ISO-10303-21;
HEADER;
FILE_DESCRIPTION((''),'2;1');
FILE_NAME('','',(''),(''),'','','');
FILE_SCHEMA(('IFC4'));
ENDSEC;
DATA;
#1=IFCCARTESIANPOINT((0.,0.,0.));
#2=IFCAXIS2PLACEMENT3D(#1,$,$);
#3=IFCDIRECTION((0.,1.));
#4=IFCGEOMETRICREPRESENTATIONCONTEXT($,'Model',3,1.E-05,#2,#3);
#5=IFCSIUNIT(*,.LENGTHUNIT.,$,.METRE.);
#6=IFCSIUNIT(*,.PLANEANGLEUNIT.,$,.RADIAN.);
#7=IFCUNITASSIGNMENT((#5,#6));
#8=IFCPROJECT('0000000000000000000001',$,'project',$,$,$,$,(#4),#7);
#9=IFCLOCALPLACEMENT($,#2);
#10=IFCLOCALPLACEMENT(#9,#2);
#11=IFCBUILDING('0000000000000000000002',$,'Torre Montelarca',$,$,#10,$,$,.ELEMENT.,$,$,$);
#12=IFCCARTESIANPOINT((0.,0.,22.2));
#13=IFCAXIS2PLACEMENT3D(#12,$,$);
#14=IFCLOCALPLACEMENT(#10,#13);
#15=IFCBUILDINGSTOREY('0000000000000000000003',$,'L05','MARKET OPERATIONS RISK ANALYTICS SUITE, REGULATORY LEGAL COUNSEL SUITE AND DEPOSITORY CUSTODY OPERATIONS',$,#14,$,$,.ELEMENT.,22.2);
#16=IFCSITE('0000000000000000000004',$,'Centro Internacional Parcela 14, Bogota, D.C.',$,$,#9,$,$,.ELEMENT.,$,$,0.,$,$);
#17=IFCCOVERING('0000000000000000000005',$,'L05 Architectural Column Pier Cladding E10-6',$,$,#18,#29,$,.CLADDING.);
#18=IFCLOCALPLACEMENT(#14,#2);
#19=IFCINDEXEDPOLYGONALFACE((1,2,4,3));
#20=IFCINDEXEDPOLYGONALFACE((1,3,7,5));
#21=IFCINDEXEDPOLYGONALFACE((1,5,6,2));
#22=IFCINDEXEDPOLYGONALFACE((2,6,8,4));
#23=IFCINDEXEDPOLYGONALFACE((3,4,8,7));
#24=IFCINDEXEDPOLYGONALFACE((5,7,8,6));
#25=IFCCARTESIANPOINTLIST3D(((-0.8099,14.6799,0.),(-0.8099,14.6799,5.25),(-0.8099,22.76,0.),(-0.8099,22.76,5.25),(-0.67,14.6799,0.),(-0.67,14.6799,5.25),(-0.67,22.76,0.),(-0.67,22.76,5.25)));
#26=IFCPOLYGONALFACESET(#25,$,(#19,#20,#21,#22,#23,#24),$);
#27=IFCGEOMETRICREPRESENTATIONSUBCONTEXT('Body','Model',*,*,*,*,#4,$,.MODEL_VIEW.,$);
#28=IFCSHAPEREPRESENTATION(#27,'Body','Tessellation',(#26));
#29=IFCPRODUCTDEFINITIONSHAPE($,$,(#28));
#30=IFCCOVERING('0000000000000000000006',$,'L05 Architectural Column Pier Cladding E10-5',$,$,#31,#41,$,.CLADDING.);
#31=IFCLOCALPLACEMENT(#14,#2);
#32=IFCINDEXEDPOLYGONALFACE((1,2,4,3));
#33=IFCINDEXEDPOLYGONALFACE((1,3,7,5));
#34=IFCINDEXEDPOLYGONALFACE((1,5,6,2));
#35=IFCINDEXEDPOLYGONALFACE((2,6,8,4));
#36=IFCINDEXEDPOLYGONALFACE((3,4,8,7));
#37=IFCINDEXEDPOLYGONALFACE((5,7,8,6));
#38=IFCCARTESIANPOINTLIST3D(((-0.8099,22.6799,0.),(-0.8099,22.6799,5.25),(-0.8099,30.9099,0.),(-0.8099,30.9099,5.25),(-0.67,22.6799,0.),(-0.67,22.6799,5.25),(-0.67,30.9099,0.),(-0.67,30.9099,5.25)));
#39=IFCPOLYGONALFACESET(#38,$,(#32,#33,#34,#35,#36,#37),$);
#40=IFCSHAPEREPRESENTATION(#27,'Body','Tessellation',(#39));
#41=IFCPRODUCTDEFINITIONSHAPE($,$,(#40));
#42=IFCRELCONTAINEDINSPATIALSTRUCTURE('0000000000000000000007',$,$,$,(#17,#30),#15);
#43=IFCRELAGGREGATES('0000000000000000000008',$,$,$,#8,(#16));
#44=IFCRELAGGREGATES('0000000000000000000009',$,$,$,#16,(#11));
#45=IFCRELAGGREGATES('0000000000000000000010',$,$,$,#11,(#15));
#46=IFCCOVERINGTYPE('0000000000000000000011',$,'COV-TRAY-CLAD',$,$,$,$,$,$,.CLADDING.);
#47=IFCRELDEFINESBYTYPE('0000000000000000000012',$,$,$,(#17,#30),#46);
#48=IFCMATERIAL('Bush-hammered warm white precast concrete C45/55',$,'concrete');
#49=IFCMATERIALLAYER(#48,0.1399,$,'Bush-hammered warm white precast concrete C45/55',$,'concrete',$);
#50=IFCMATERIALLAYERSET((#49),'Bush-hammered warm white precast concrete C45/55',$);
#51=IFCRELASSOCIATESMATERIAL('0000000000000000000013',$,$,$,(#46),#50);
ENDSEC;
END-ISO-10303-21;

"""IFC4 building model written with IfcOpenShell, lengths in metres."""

from ifc_helpers import new_model, si_unit, direction, frame, origin, origin_2d, place, context, subcontext, project, spatial, rectangle, extrude, source, transform, mapped, material, layer, layer_set, type_object, element, save


model = new_model("IFC4")

# Units and contexts
model_context = context("Model", 3, precision=1e-05, world=origin(), true_north=direction((0.0, 1.0)))
body_context = subcontext(model_context, "Body", "Model", "MODEL_VIEW")
ifc_project = project(units=[si_unit("LENGTHUNIT", "METRE"), si_unit("PLANEANGLEUNIT", "RADIAN")], contexts=[model_context])

# Site, building, storey
site_placement = place(None, origin())
site = spatial("IfcSite", under=ifc_project, at=site_placement, Name="Centro Internacional Parcela 14, Bogota, D.C.", CompositionType="ELEMENT", RefElevation=0.0)
building_placement = place(site_placement, origin())
building = spatial("IfcBuilding", under=site, at=building_placement, Name="Torre Montelarca", CompositionType="ELEMENT")
storey_placement = place(building_placement, frame((0.0, 0.0, 22.2)))
storey = spatial("IfcBuildingStorey", under=building, at=storey_placement, Name="L05", Description="MARKET OPERATIONS RISK ANALYTICS SUITE, REGULATORY LEGAL COUNSEL SUITE AND DEPOSITORY CUSTODY OPERATIONS", CompositionType="ELEMENT", Elevation=22.2)

# Coverings
ifc_material_1 = material(Name="Bush-hammered warm white precast concrete C45/55", Category="concrete")
ifc_layer_1 = layer(ifc_material_1, 0.1399, Name="Bush-hammered warm white precast concrete C45/55", Category="concrete")
ifc_layer_set_1 = layer_set([ifc_layer_1], Name="Bush-hammered warm white precast concrete C45/55")
covering_type = type_object("IfcCoveringType", Name="COV-TRAY-CLAD", PredefinedType="CLADDING", material=ifc_layer_set_1)
shared_shape_1 = source(origin(), body_context, "Body", "SweptSolid", [
    extrude(rectangle(XDim=8.0801, YDim=0.1399, at=origin_2d()), origin(), (0.0, 0.0, 1.0), 5.25),
])
covering_1_placement = place(storey_placement, frame((-0.74, 18.72, 0.0), z_axis=(0.0, 0.0, 1.0), x_axis=(0.0, -1.0, 0.0)))
element("IfcCovering", 1, at=covering_1_placement, inside=storey, type_object=covering_type, Name="L05 Architectural Column Pier Cladding E10-6", PredefinedType="CLADDING", context=body_context, shape_type="MappedRepresentation", body=[
    mapped(shared_shape_1, transform((0.0, 0.0, 0.0), scale=1.0)),
])
shared_shape_2 = source(origin(), body_context, "Body", "SweptSolid", [
    extrude(rectangle(XDim=8.23, YDim=0.1399, at=origin_2d()), origin(), (0.0, 0.0, 1.0), 5.25),
])
covering_2_placement = place(storey_placement, frame((-0.74, 26.7949, 0.0), z_axis=(0.0, 0.0, 1.0), x_axis=(0.0, -1.0, 0.0)))
element("IfcCovering", 2, at=covering_2_placement, inside=storey, type_object=covering_type, Name="L05 Architectural Column Pier Cladding E10-5", PredefinedType="CLADDING", context=body_context, shape_type="MappedRepresentation", body=[
    mapped(shared_shape_2, transform((0.0, 0.0, 0.0), scale=1.0)),
])

save(model, "model.ifc")
